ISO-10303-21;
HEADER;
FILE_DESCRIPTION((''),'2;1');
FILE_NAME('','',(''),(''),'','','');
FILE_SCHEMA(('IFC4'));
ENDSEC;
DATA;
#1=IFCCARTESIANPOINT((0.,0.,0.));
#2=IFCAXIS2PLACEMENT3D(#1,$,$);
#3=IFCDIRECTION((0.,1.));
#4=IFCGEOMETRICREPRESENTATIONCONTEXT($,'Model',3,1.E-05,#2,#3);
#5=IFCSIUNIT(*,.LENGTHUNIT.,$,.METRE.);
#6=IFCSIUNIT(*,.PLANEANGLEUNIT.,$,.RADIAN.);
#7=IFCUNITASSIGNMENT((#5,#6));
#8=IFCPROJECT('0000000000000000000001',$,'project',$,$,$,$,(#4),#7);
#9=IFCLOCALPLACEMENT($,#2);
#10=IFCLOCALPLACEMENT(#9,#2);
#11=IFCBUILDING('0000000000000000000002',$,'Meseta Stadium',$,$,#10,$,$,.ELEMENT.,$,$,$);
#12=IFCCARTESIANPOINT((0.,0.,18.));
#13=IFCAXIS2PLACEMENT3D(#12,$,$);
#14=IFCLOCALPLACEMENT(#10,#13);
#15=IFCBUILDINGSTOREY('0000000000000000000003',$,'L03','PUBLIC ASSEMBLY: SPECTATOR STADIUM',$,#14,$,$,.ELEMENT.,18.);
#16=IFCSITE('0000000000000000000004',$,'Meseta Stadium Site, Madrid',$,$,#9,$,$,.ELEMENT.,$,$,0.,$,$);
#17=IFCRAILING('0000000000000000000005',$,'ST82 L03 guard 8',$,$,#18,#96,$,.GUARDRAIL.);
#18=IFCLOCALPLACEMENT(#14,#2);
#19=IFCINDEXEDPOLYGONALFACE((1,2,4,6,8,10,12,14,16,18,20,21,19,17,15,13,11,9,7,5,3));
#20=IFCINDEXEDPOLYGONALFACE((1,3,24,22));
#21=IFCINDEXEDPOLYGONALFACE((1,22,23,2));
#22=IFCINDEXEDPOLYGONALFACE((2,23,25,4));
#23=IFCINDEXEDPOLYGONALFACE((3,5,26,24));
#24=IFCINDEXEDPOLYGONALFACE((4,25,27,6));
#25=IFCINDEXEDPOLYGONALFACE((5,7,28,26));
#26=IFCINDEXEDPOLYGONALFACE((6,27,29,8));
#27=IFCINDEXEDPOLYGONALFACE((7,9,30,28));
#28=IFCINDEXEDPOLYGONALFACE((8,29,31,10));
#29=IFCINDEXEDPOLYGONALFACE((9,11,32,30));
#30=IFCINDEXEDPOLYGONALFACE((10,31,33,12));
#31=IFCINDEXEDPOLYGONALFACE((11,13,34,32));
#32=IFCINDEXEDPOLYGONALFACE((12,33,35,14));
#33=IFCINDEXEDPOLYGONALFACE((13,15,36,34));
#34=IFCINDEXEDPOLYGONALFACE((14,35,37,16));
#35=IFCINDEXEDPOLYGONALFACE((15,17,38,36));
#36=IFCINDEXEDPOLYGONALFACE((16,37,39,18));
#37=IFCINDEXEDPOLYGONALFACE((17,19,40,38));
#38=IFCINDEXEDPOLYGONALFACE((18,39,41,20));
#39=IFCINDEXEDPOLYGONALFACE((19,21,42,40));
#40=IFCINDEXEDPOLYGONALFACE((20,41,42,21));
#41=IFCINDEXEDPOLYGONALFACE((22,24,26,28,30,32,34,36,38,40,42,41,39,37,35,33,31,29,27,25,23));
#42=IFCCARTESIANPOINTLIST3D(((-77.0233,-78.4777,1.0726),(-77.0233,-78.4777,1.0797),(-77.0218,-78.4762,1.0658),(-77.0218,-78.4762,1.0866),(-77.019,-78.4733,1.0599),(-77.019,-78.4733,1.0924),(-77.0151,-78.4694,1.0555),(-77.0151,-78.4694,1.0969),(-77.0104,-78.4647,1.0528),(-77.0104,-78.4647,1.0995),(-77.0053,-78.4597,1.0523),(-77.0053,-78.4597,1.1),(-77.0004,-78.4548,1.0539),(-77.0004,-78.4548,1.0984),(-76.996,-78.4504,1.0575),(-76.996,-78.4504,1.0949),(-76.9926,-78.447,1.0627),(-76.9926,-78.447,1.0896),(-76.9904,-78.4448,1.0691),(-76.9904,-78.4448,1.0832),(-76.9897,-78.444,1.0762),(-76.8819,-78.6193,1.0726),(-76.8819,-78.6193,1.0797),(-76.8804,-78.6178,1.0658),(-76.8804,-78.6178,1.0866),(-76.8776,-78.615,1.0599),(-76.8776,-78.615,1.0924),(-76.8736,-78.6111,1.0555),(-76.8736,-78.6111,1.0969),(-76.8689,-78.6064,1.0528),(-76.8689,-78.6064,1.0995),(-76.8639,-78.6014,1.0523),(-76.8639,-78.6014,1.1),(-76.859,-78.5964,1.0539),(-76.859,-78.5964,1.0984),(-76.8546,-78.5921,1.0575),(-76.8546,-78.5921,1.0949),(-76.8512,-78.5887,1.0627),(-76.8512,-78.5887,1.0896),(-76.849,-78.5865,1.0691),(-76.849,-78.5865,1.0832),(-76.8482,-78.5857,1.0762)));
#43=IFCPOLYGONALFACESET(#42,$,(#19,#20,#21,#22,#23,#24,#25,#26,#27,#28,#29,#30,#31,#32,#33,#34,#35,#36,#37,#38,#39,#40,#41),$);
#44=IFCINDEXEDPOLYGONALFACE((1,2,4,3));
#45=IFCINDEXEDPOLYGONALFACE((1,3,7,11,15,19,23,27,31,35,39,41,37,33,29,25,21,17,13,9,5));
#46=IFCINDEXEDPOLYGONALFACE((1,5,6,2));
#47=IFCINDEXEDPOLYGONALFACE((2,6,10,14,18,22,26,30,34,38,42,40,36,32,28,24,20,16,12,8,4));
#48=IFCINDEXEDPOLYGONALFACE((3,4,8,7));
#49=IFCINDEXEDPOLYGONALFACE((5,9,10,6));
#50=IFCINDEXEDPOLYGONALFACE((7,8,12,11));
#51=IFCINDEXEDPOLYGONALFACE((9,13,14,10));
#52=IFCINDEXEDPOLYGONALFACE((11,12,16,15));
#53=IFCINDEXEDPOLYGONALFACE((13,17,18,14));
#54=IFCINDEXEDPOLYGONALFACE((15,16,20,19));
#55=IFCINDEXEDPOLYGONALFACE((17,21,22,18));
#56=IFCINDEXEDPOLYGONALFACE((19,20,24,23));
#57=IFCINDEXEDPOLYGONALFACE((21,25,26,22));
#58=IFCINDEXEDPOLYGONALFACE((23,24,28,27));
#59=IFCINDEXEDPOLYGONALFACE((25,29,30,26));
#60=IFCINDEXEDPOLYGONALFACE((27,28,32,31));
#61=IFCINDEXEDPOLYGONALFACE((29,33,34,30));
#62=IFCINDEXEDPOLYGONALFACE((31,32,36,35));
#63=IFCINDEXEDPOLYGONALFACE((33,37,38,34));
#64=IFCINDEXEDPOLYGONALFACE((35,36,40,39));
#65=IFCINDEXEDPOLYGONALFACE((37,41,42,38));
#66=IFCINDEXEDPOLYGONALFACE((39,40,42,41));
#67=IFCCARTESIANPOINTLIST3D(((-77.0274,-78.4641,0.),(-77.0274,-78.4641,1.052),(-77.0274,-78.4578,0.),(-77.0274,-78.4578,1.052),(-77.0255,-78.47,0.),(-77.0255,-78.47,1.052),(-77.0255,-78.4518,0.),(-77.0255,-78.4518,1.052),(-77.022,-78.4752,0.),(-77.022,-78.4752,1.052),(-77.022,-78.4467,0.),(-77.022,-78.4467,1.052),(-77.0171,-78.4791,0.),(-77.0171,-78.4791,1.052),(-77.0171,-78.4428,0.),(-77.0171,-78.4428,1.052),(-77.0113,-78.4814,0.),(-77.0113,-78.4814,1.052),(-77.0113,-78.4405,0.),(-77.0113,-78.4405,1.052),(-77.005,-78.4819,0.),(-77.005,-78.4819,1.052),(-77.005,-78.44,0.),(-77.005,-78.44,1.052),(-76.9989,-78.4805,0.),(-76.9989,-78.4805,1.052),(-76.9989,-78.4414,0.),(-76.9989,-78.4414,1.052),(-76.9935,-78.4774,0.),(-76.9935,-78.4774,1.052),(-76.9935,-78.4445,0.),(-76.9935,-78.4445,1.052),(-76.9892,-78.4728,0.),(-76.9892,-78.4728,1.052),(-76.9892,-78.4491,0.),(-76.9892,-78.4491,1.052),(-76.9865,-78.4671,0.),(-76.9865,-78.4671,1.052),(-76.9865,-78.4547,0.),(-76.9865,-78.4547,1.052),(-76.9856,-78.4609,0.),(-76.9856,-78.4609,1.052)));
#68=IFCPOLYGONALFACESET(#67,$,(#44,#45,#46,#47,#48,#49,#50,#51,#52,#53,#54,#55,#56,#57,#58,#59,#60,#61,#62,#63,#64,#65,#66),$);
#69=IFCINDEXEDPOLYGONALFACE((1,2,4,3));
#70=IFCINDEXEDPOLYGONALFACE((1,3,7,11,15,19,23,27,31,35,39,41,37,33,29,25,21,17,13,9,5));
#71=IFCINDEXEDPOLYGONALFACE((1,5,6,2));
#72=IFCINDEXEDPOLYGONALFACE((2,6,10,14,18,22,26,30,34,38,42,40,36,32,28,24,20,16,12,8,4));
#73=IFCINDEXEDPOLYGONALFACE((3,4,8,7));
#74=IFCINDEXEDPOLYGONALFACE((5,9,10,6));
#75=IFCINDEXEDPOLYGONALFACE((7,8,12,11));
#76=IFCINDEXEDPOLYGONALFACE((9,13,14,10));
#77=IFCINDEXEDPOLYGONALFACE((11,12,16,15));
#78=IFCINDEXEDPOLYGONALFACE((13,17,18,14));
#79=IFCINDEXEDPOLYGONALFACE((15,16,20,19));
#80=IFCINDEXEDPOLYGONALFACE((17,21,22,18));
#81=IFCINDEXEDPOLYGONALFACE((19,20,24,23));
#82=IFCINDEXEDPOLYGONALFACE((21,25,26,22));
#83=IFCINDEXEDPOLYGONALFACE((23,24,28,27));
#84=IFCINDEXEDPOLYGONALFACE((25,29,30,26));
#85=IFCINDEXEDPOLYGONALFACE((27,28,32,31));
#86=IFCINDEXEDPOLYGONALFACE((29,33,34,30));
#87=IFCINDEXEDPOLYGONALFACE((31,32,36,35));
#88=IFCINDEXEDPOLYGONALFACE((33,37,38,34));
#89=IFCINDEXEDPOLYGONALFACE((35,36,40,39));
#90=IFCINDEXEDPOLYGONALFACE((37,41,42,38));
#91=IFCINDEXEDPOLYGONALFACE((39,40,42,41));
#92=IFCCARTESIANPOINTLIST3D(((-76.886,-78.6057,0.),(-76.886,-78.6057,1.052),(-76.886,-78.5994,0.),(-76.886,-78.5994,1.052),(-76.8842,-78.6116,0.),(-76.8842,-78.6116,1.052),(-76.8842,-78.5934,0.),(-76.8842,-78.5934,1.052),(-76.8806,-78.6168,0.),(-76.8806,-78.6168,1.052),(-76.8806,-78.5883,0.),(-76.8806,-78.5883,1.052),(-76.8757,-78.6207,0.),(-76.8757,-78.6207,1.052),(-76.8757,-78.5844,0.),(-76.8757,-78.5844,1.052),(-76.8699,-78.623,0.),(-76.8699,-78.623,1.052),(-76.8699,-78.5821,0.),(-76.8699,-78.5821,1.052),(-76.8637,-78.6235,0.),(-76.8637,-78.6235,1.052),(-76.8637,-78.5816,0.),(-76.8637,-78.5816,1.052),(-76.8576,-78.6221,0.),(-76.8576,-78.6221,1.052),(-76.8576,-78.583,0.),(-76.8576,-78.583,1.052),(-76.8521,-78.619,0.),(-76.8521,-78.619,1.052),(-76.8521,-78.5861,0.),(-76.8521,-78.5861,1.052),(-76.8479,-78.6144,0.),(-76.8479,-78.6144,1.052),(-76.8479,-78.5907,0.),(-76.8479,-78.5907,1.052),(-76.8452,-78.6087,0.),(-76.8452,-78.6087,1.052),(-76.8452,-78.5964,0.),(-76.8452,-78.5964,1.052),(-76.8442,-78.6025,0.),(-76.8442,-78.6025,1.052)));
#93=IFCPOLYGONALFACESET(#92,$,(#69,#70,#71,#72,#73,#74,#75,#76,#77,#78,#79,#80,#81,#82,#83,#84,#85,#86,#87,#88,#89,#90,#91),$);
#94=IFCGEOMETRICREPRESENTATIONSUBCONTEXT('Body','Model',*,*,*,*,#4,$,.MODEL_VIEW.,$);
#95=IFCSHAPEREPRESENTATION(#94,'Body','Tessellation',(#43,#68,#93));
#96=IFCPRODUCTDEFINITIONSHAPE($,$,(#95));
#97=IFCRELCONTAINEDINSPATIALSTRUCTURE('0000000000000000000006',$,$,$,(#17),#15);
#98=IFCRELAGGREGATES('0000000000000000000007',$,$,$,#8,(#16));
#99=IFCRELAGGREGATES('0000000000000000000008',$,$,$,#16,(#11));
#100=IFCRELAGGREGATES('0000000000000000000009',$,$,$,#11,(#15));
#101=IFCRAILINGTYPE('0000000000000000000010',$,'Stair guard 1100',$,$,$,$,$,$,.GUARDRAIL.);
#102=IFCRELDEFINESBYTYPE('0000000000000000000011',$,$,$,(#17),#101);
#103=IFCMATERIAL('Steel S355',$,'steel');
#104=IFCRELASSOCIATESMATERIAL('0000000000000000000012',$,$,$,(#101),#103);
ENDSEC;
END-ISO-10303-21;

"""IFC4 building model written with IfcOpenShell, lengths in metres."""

from ifc_helpers import new_model, si_unit, direction, frame, origin, origin_2d, place, context, subcontext, project, spatial, circle, extrude, material, type_object, element, save


model = new_model("IFC4")

# Units and contexts
model_context = context("Model", 3, precision=1e-05, world=origin(), true_north=direction((0.0, 1.0)))
body_context = subcontext(model_context, "Body", "Model", "MODEL_VIEW")
ifc_project = project(units=[si_unit("LENGTHUNIT", "METRE"), si_unit("PLANEANGLEUNIT", "RADIAN")], contexts=[model_context])

# Site, building, storey
site_placement = place(None, origin())
site = spatial("IfcSite", under=ifc_project, at=site_placement, Name="Meseta Stadium Site, Madrid", CompositionType="ELEMENT", RefElevation=0.0)
building_placement = place(site_placement, origin())
building = spatial("IfcBuilding", under=site, at=building_placement, Name="Meseta Stadium", CompositionType="ELEMENT")
storey_placement = place(building_placement, frame((0.0, 0.0, 18.0)))
storey = spatial("IfcBuildingStorey", under=building, at=storey_placement, Name="L03", Description="PUBLIC ASSEMBLY: SPECTATOR STADIUM", CompositionType="ELEMENT", Elevation=18.0)

# Railing
ifc_material_1 = material(Name="Steel S355", Category="steel")
railing_type_1 = type_object("IfcRailingType", Name="Stair guard 1100", PredefinedType="GUARDRAIL", material=ifc_material_1)
railing_1_placement = place(storey_placement, frame((-77.0066, -78.4609, 0.0)))
element("IfcRailing", 1, at=railing_1_placement, inside=storey, type_object=railing_type_1, Name="ST82 L03 guard 8", PredefinedType="GUARDRAIL", context=body_context, shape_type="SweptSolid", body=[
    extrude(circle(Radius=0.0239, at=origin_2d()), frame((0.0, 0.0, 1.0762), z_axis=(0.706496, -0.707717, 0.0), x_axis=(0.707717, 0.706496, 0.0)), (0.0, 0.0, 1.0), 0.2002),
    extrude(circle(Radius=0.021, at=origin_2d()), origin(), (0.0, 0.0, 1.0), 1.052),
    extrude(circle(Radius=0.021, at=origin_2d()), frame((0.1414, -0.1416, 0.0)), (0.0, 0.0, 1.0), 1.052),
])

save(model, "model.ifc")
